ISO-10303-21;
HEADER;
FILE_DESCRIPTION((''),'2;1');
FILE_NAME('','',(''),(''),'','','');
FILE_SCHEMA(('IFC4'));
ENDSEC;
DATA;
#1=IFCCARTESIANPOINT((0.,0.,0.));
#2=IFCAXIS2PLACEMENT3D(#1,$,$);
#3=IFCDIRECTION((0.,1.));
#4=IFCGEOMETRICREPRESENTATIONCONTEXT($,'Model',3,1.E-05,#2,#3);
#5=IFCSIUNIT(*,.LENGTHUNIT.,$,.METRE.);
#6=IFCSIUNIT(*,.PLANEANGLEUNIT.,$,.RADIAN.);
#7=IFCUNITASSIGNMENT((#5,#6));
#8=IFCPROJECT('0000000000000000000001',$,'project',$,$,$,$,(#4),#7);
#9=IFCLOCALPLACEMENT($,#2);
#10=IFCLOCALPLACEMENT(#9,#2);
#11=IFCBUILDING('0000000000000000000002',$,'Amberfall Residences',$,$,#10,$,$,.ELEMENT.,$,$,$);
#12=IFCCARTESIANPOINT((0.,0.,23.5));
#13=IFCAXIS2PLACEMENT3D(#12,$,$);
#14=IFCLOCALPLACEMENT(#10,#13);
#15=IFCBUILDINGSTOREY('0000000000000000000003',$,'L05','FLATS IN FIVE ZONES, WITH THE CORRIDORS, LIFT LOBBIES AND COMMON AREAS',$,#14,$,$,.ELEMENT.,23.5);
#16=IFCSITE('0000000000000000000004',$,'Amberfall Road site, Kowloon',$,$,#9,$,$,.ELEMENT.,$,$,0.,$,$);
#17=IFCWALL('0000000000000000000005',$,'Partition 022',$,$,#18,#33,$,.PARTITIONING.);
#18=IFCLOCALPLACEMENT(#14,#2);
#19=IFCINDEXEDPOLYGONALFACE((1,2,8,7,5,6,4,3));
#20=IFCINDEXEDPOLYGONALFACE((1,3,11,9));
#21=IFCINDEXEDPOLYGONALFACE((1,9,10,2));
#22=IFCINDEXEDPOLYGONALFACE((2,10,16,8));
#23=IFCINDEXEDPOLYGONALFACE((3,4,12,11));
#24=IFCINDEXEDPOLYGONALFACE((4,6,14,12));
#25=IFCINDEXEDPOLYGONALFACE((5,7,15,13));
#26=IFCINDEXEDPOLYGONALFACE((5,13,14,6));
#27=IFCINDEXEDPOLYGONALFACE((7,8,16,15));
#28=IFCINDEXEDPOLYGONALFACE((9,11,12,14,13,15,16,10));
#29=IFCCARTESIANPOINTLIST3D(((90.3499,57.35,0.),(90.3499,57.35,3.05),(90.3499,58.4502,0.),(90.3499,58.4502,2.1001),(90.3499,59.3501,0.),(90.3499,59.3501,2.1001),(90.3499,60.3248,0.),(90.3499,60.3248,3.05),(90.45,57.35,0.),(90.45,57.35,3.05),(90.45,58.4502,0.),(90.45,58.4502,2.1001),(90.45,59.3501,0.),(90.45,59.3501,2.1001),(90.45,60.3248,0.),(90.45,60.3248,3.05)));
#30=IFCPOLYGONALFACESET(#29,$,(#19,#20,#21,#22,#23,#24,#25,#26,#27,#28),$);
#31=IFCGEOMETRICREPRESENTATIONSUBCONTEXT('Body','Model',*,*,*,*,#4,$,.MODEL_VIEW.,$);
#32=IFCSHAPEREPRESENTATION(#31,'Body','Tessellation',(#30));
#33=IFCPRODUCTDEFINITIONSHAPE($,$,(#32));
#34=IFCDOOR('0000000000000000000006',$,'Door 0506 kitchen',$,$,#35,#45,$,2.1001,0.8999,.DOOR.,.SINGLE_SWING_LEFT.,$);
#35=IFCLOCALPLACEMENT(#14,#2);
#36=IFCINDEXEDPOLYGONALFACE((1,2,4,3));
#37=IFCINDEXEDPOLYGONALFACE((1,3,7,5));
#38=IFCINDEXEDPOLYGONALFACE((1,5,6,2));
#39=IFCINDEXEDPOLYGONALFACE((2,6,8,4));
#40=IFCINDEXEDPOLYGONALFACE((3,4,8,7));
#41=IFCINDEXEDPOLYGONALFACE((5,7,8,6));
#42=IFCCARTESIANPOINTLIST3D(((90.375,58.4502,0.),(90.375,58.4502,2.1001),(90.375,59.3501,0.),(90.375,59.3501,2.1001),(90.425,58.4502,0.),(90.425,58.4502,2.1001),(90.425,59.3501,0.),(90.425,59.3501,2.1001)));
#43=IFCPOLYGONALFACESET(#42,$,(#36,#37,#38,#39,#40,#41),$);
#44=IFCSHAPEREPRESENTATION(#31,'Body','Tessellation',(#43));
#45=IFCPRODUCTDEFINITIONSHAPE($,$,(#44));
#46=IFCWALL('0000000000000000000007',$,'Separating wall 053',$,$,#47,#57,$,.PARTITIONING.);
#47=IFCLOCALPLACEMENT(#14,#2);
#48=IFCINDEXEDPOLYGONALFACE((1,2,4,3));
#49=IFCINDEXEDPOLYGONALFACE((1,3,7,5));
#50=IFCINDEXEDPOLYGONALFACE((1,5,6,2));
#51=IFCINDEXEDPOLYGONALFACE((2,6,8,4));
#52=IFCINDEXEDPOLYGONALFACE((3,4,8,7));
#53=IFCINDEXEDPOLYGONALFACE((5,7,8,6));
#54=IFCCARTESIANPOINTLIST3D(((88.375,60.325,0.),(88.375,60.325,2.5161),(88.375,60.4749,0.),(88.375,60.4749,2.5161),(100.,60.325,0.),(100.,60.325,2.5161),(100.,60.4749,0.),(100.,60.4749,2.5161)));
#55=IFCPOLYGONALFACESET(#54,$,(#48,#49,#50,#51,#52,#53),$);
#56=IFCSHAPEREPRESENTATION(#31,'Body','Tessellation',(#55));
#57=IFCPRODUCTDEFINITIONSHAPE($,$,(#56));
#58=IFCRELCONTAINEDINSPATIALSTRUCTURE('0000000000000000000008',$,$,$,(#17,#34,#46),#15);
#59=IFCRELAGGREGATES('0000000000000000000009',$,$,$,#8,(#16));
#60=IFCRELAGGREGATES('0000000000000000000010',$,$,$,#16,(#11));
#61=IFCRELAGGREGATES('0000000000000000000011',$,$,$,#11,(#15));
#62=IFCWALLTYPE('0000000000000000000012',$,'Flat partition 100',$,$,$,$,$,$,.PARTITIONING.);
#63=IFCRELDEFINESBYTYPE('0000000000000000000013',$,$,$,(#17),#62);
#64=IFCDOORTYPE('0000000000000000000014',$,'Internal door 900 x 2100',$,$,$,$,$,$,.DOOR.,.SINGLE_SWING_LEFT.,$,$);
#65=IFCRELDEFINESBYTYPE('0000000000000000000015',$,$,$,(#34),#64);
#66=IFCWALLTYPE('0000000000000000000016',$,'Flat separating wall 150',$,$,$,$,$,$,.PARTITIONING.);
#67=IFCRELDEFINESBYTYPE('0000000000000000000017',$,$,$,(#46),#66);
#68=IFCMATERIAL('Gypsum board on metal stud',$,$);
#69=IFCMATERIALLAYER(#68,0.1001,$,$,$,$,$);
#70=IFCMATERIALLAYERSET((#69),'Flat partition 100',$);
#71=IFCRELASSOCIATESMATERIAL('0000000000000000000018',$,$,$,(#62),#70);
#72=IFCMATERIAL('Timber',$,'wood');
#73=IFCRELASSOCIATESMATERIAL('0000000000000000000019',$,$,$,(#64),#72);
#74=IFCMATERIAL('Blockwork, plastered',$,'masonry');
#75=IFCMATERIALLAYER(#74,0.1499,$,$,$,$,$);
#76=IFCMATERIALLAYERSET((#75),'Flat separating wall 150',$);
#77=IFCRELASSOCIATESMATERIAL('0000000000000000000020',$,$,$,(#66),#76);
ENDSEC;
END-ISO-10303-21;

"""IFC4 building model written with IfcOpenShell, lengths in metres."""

from ifc_helpers import new_model, si_unit, direction, frame, frame_2d, origin, place, context, subcontext, project, spatial, rectangle, extrude, material, layer, layer_set, type_object, element, fill, save


model = new_model("IFC4")

# Units and contexts
model_context = context("Model", 3, precision=1e-05, world=origin(), true_north=direction((0.0, 1.0)))
body_context = subcontext(model_context, "Body", "Model", "MODEL_VIEW")
ifc_project = project(units=[si_unit("LENGTHUNIT", "METRE"), si_unit("PLANEANGLEUNIT", "RADIAN")], contexts=[model_context])

# Site, building, storey
site_placement = place(None, origin())
site = spatial("IfcSite", under=ifc_project, at=site_placement, Name="Amberfall Road site, Kowloon", CompositionType="ELEMENT", RefElevation=0.0)
building_placement = place(site_placement, origin())
building = spatial("IfcBuilding", under=site, at=building_placement, Name="Amberfall Residences", CompositionType="ELEMENT")
storey_placement = place(building_placement, frame((0.0, 0.0, 23.5)))
storey = spatial("IfcBuildingStorey", under=building, at=storey_placement, Name="L05", Description="FLATS IN FIVE ZONES, WITH THE CORRIDORS, LIFT LOBBIES AND COMMON AREAS", CompositionType="ELEMENT", Elevation=23.5)

# Wall, opening, door
ifc_material_1 = material(Name="Gypsum board on metal stud")
ifc_layer_1 = layer(ifc_material_1, 0.1001)
ifc_layer_set_1 = layer_set([ifc_layer_1], Name="Flat partition 100")
wall_type_1 = type_object("IfcWallType", Name="Flat partition 100", PredefinedType="PARTITIONING", material=ifc_layer_set_1)
wall_1_placement = place(storey_placement, frame((90.3999, 57.3501, 0.0), z_axis=(0.0, 0.0, 1.0), x_axis=(0.0, 1.0, 0.0)))
wall_1 = element("IfcWall", 1, at=wall_1_placement, inside=storey, type_object=wall_type_1, Name="Partition 022", PredefinedType="PARTITIONING", context=body_context, shape_type="SweptSolid", body=[
    extrude(rectangle(XDim=2.9749, YDim=0.1001, at=frame_2d((1.4873, 0.0))), origin(), (0.0, 0.0, 1.0), 3.05),
])
opening_1_placement = place(wall_1_placement, frame((1.1001, 0.0, 0.0)))
opening_1 = element("IfcOpeningElement", 2, at=opening_1_placement, cuts=wall_1, PredefinedType="OPENING", context=body_context, shape_type="SweptSolid", body=[
    extrude(rectangle(XDim=0.8999, YDim=2.1001, at=frame_2d((0.45, 1.05))), frame((0.0, 0.0601, 0.0), z_axis=(0.0, -1.0, 0.0), x_axis=(1.0, 0.0, 0.0)), (0.0, 0.0, 1.0), 0.1201),
])
ifc_material_2 = material(Name="Timber", Category="wood")
door_type = type_object("IfcDoorType", Name="Internal door 900 x 2100", OperationType="SINGLE_SWING_LEFT", PredefinedType="DOOR", material=ifc_material_2)
door_placement = place(opening_1_placement, origin())
door = element("IfcDoor", 3, at=door_placement, inside=storey, type_object=door_type, Name="Door 0506 kitchen", OperationType="SINGLE_SWING_LEFT", OverallHeight=2.1001, OverallWidth=0.8999, PredefinedType="DOOR", context=body_context, shape_type="SweptSolid", body=[
    extrude(rectangle(XDim=0.8999, YDim=2.1001, at=frame_2d((0.45, 1.05))), frame((0.0, 0.0249, 0.0), z_axis=(0.0, -1.0, 0.0), x_axis=(1.0, 0.0, 0.0)), (0.0, 0.0, 1.0), 0.05),
])
fill(opening_1, door)

# Wall
ifc_material_3 = material(Name="Blockwork, plastered", Category="masonry")
ifc_layer_2 = layer(ifc_material_3, 0.1499)
ifc_layer_set_2 = layer_set([ifc_layer_2], Name="Flat separating wall 150")
wall_type_2 = type_object("IfcWallType", Name="Flat separating wall 150", PredefinedType="PARTITIONING", material=ifc_layer_set_2)
wall_2_placement = place(storey_placement, frame((88.375, 60.3999, 0.0), z_axis=(0.0, 0.0, 1.0), x_axis=(1.0, 0.0, 0.0)))
element("IfcWall", 4, at=wall_2_placement, inside=storey, type_object=wall_type_2, Name="Separating wall 053", PredefinedType="PARTITIONING", context=body_context, shape_type="SweptSolid", body=[
    extrude(rectangle(XDim=11.625, YDim=0.1499, at=frame_2d((5.8125, 0.0))), origin(), (0.0, 0.0, 1.0), 2.5161),
])

save(model, "model.ifc")
